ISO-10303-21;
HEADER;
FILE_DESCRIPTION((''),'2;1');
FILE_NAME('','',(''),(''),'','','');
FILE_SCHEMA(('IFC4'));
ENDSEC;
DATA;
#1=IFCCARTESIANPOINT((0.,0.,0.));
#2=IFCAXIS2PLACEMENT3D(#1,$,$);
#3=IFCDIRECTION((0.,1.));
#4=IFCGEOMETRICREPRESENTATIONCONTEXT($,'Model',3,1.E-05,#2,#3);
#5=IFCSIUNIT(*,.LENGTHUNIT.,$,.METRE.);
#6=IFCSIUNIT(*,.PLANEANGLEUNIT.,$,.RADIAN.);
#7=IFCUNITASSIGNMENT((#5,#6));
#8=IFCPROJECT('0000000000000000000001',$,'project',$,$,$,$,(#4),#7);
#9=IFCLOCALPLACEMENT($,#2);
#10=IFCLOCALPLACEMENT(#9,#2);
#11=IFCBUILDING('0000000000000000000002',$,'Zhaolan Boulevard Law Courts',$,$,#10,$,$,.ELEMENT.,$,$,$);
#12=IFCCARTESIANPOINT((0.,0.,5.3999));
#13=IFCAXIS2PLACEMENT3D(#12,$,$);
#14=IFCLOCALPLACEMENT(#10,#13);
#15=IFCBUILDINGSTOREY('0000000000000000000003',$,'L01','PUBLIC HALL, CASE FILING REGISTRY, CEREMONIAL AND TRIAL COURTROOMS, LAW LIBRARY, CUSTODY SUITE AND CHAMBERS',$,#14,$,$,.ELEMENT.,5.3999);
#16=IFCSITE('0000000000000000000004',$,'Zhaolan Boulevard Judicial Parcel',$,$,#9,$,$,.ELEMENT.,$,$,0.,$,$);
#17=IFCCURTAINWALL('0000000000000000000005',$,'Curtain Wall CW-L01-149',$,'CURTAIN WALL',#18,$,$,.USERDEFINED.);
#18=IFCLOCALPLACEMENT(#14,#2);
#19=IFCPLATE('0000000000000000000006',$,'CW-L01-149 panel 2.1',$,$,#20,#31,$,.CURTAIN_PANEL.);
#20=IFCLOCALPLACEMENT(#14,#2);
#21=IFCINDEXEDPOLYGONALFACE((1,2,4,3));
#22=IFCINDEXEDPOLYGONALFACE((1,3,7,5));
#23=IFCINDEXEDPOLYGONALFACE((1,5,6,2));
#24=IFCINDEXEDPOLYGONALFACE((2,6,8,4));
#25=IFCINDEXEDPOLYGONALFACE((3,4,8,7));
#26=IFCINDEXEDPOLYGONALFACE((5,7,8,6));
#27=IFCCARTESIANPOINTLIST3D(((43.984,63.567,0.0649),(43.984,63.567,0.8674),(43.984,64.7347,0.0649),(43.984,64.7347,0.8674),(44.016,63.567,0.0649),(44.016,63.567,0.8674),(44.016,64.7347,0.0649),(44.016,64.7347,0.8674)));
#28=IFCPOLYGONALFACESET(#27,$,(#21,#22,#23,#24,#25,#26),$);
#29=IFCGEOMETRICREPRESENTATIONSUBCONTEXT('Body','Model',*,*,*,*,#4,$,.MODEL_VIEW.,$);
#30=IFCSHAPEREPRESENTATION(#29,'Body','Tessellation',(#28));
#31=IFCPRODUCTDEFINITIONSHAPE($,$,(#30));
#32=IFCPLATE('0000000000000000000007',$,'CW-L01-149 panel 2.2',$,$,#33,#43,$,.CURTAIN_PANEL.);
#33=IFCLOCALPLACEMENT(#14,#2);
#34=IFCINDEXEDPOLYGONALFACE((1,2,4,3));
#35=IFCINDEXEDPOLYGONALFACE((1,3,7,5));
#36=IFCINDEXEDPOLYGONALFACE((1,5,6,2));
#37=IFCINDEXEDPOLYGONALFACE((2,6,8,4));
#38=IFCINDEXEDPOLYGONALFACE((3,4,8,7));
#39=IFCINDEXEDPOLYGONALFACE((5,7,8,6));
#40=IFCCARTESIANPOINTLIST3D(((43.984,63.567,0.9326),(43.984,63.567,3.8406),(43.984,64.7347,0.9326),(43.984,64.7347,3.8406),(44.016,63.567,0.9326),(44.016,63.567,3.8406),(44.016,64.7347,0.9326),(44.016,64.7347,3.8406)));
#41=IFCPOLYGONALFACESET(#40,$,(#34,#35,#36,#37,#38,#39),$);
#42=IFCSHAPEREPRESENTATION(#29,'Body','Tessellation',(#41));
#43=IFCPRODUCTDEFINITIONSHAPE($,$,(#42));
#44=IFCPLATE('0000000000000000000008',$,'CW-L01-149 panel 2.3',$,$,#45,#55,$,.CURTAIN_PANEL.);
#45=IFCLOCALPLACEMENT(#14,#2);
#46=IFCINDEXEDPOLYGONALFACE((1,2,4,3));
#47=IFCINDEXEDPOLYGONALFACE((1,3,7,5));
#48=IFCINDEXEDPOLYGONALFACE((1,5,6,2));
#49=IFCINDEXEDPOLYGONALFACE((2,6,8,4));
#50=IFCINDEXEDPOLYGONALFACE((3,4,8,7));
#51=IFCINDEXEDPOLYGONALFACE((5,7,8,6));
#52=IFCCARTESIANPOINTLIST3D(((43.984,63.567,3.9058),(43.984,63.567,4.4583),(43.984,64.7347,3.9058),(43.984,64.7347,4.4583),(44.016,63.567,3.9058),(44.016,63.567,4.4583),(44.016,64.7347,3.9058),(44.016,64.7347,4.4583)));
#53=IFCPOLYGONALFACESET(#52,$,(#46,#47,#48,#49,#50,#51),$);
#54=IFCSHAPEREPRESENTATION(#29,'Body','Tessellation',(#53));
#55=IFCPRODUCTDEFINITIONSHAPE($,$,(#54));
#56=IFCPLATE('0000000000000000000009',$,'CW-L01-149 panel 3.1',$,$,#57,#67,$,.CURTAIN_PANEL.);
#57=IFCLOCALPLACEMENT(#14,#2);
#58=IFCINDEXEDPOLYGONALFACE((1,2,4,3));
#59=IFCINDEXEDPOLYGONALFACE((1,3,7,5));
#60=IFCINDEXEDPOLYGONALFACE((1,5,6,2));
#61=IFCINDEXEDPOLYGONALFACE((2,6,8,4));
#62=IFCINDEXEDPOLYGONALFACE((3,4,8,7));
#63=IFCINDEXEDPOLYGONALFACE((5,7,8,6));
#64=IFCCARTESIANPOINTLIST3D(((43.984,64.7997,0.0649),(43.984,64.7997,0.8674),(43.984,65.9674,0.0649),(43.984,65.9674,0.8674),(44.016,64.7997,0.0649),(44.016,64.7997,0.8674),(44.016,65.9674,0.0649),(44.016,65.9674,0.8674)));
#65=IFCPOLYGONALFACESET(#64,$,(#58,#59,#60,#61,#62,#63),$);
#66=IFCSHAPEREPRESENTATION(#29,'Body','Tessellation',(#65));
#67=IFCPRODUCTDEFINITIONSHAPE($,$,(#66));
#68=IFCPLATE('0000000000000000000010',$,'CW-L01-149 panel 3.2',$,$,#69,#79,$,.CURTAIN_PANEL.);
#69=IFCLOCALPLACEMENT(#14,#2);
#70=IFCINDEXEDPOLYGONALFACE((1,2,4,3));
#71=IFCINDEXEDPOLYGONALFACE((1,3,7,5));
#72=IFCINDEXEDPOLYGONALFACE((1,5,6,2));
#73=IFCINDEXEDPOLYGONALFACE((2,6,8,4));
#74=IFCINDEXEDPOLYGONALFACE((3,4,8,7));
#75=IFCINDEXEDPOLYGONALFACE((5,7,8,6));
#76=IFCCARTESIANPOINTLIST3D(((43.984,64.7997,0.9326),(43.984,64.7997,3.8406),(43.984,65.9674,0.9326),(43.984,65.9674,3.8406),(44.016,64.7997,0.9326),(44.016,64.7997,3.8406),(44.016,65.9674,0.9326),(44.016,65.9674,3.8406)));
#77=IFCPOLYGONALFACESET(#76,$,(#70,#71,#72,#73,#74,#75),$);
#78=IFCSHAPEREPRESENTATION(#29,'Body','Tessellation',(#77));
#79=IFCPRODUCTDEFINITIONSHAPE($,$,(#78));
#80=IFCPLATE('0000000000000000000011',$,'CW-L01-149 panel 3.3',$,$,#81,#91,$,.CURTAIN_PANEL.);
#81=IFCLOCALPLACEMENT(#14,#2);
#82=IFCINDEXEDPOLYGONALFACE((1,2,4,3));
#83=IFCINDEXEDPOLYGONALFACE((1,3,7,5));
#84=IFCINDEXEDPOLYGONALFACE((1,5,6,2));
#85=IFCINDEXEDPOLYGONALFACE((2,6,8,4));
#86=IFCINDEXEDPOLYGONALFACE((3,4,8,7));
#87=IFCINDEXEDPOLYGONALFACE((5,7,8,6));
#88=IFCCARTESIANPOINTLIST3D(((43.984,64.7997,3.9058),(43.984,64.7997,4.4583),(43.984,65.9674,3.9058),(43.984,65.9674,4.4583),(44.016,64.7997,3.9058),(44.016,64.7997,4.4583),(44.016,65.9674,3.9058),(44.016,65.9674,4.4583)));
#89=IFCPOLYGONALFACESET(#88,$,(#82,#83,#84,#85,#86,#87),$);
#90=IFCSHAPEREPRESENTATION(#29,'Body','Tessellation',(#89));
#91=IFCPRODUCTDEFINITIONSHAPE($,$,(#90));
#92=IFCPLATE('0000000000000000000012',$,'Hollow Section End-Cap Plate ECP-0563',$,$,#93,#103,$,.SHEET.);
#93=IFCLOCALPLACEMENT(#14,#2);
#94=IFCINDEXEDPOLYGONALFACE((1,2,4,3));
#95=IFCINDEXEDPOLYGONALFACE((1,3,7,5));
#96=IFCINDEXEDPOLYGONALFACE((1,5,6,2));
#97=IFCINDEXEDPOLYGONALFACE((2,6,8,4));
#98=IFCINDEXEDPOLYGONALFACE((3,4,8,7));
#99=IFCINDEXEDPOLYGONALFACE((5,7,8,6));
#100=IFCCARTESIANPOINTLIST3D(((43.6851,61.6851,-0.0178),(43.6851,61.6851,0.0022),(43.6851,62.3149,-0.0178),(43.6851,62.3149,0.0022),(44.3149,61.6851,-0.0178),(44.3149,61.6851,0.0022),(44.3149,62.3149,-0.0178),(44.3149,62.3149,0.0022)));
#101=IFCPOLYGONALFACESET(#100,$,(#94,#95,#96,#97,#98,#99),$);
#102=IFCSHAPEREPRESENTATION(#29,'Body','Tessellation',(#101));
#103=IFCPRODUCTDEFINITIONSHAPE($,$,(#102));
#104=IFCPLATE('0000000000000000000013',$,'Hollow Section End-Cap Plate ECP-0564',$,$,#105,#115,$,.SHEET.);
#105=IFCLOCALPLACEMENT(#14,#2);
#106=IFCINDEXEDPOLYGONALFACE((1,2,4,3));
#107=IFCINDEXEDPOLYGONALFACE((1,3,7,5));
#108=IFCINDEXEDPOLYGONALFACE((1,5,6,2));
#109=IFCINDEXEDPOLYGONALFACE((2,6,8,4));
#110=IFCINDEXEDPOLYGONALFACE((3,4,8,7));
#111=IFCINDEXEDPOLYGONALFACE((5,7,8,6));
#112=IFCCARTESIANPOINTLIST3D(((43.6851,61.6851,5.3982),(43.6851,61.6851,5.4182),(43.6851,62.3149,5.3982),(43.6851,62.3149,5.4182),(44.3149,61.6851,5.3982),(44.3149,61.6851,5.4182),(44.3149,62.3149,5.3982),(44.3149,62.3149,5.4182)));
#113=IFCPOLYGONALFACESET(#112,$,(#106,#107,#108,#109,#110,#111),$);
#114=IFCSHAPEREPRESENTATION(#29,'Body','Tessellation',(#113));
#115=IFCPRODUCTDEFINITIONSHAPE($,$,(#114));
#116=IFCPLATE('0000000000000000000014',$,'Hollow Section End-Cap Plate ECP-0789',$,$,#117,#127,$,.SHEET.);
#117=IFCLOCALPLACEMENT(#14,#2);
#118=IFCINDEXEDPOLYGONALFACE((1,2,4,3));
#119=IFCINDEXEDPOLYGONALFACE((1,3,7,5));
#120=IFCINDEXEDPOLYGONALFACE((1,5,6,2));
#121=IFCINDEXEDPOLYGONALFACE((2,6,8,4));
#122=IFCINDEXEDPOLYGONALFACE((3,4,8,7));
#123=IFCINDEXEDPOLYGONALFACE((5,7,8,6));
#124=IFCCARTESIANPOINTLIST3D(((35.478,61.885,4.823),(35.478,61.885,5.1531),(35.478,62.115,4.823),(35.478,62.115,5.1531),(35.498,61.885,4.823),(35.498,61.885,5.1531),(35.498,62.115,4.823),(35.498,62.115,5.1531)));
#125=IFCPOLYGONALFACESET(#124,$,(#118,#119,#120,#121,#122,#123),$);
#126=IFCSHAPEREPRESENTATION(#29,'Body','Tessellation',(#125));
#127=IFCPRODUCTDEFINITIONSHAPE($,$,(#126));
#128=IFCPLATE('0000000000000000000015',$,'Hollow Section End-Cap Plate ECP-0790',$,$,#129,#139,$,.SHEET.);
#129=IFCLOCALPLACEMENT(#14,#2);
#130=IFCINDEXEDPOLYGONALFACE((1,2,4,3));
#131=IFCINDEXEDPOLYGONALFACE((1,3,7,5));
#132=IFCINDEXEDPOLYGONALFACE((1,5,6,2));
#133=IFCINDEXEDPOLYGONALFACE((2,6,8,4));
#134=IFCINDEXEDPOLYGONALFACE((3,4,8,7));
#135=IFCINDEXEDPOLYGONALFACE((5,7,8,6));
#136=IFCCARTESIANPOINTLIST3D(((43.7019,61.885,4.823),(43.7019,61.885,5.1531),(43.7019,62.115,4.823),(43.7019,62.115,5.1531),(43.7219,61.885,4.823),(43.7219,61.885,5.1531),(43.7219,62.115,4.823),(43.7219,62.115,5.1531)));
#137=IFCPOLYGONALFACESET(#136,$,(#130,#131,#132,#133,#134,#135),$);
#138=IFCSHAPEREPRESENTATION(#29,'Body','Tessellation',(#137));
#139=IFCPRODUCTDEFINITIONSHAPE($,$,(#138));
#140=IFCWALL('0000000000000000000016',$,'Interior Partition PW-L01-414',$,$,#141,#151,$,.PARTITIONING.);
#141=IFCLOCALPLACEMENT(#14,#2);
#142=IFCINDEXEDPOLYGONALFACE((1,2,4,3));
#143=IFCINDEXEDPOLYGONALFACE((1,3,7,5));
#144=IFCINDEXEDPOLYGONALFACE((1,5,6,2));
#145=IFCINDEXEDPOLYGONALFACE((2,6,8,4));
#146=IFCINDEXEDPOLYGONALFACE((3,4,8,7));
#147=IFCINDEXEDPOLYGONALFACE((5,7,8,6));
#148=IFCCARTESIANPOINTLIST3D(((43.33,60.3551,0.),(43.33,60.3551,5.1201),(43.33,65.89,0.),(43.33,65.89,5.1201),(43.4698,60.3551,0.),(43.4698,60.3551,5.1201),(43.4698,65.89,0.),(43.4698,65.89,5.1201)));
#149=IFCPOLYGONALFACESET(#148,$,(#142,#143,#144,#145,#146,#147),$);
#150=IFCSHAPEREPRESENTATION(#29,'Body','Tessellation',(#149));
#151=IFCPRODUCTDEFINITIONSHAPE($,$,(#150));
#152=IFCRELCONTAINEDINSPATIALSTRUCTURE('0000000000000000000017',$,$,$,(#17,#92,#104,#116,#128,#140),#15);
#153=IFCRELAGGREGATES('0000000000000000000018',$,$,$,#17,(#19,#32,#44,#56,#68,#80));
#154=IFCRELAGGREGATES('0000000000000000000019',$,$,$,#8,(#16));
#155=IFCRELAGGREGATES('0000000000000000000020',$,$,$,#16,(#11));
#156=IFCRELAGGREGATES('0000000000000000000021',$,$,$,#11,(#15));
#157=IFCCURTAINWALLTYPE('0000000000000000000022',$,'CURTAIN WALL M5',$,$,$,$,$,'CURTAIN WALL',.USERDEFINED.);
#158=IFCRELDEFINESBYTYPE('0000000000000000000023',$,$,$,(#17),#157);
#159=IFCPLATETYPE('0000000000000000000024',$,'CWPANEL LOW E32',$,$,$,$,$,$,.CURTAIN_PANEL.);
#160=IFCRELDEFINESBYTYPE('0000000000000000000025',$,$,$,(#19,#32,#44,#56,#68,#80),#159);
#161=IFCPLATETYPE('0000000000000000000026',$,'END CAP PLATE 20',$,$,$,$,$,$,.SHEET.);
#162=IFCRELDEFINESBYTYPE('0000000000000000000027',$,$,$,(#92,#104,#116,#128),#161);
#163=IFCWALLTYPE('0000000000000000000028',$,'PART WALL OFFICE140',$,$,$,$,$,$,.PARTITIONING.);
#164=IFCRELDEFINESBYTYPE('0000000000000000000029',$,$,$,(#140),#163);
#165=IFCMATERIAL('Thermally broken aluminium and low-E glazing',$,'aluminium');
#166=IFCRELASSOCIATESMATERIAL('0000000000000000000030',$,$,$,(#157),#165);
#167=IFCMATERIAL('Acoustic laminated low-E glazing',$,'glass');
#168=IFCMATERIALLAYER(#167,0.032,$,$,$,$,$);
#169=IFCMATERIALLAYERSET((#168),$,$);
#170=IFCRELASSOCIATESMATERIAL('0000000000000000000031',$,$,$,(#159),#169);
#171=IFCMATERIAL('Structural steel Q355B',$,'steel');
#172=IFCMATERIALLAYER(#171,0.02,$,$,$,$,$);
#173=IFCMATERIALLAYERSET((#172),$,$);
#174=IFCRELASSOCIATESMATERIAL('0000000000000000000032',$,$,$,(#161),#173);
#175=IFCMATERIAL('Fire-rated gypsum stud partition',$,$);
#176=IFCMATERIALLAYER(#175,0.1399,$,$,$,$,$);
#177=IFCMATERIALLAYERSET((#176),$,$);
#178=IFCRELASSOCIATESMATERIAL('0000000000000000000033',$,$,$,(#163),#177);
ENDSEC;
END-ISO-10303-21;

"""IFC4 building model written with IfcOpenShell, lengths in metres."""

from ifc_helpers import new_model, si_unit, direction, frame, frame_2d, origin, origin_2d, place, context, subcontext, project, spatial, rectangle, extrude, material, layer, layer_set, type_object, element, aggregate, save


model = new_model("IFC4")

# Units and contexts
model_context = context("Model", 3, precision=1e-05, world=origin(), true_north=direction((0.0, 1.0)))
body_context = subcontext(model_context, "Body", "Model", "MODEL_VIEW")
ifc_project = project(units=[si_unit("LENGTHUNIT", "METRE"), si_unit("PLANEANGLEUNIT", "RADIAN")], contexts=[model_context])

# Site, building, storey
site_placement = place(None, origin())
site = spatial("IfcSite", under=ifc_project, at=site_placement, Name="Zhaolan Boulevard Judicial Parcel", CompositionType="ELEMENT", RefElevation=0.0)
building_placement = place(site_placement, origin())
building = spatial("IfcBuilding", under=site, at=building_placement, Name="Zhaolan Boulevard Law Courts", CompositionType="ELEMENT")
storey_placement = place(building_placement, frame((0.0, 0.0, 5.3999)))
storey = spatial("IfcBuildingStorey", under=building, at=storey_placement, Name="L01", Description="PUBLIC HALL, CASE FILING REGISTRY, CEREMONIAL AND TRIAL COURTROOMS, LAW LIBRARY, CUSTODY SUITE AND CHAMBERS", CompositionType="ELEMENT", Elevation=5.3999)

# Curtain wall
ifc_material_1 = material(Name="Thermally broken aluminium and low-E glazing", Category="aluminium")
curtain_wall_type_1 = type_object("IfcCurtainWallType", Name="CURTAIN WALL M5", ElementType="CURTAIN WALL", PredefinedType="USERDEFINED", material=ifc_material_1)
curtain_wall_1_placement = place(storey_placement, origin())
curtain_wall_1 = element("IfcCurtainWall", 1, at=curtain_wall_1_placement, inside=storey, type_object=curtain_wall_type_1, Name="Curtain Wall CW-L01-149", ObjectType="CURTAIN WALL", PredefinedType="USERDEFINED")

# Plates
ifc_material_2 = material(Name="Acoustic laminated low-E glazing", Category="glass")
ifc_layer_1 = layer(ifc_material_2, 0.032)
ifc_layer_set_1 = layer_set([ifc_layer_1])
plate_type_1 = type_object("IfcPlateType", Name="CWPANEL LOW E32", PredefinedType="CURTAIN_PANEL", material=ifc_layer_set_1)
plate_1_placement = place(storey_placement, frame((44.0, 64.1509, 0.0649), z_axis=(0.0, 0.0, 1.0), x_axis=(0.0, 1.0, 0.0)))
plate_1 = element("IfcPlate", 2, at=plate_1_placement, type_object=plate_type_1, Name="CW-L01-149 panel 2.1", PredefinedType="CURTAIN_PANEL", context=body_context, shape_type="SweptSolid", body=[
    extrude(rectangle(XDim=1.1677, YDim=0.032, at=origin_2d()), origin(), (0.0, 0.0, 1.0), 0.8025),
])
plate_2_placement = place(storey_placement, frame((44.0, 64.1509, 0.9326), z_axis=(0.0, 0.0, 1.0), x_axis=(0.0, 1.0, 0.0)))
plate_2 = element("IfcPlate", 3, at=plate_2_placement, type_object=plate_type_1, Name="CW-L01-149 panel 2.2", PredefinedType="CURTAIN_PANEL", context=body_context, shape_type="SweptSolid", body=[
    extrude(rectangle(XDim=1.1677, YDim=0.032, at=origin_2d()), origin(), (0.0, 0.0, 1.0), 2.908),
])
plate_3_placement = place(storey_placement, frame((44.0, 64.1509, 3.9058), z_axis=(0.0, 0.0, 1.0), x_axis=(0.0, 1.0, 0.0)))
plate_3 = element("IfcPlate", 4, at=plate_3_placement, type_object=plate_type_1, Name="CW-L01-149 panel 2.3", PredefinedType="CURTAIN_PANEL", context=body_context, shape_type="SweptSolid", body=[
    extrude(rectangle(XDim=1.1677, YDim=0.032, at=origin_2d()), origin(), (0.0, 0.0, 1.0), 0.5525),
])
plate_4_placement = place(storey_placement, frame((44.0, 65.3835, 0.0649), z_axis=(0.0, 0.0, 1.0), x_axis=(0.0, 1.0, 0.0)))
plate_4 = element("IfcPlate", 5, at=plate_4_placement, type_object=plate_type_1, Name="CW-L01-149 panel 3.1", PredefinedType="CURTAIN_PANEL", context=body_context, shape_type="SweptSolid", body=[
    extrude(rectangle(XDim=1.1677, YDim=0.032, at=origin_2d()), origin(), (0.0, 0.0, 1.0), 0.8025),
])
plate_5_placement = place(storey_placement, frame((44.0, 65.3835, 0.9326), z_axis=(0.0, 0.0, 1.0), x_axis=(0.0, 1.0, 0.0)))
plate_5 = element("IfcPlate", 6, at=plate_5_placement, type_object=plate_type_1, Name="CW-L01-149 panel 3.2", PredefinedType="CURTAIN_PANEL", context=body_context, shape_type="SweptSolid", body=[
    extrude(rectangle(XDim=1.1677, YDim=0.032, at=origin_2d()), origin(), (0.0, 0.0, 1.0), 2.908),
])
plate_6_placement = place(storey_placement, frame((44.0, 65.3835, 3.9058), z_axis=(0.0, 0.0, 1.0), x_axis=(0.0, 1.0, 0.0)))
plate_6 = element("IfcPlate", 7, at=plate_6_placement, type_object=plate_type_1, Name="CW-L01-149 panel 3.3", PredefinedType="CURTAIN_PANEL", context=body_context, shape_type="SweptSolid", body=[
    extrude(rectangle(XDim=1.1677, YDim=0.032, at=origin_2d()), origin(), (0.0, 0.0, 1.0), 0.5525),
])
aggregate(curtain_wall_1, [plate_1, plate_2, plate_3, plate_4, plate_5, plate_6])

# Plates
ifc_material_3 = material(Name="Structural steel Q355B", Category="steel")
ifc_layer_2 = layer(ifc_material_3, 0.02)
ifc_layer_set_2 = layer_set([ifc_layer_2])
plate_type_2 = type_object("IfcPlateType", Name="END CAP PLATE 20", PredefinedType="SHEET", material=ifc_layer_set_2)
for number, where, z_axis, x_axis, name in (
    (8, (44.0, 62.0, -0.0178), (0.0, 0.0, 1.0), (1.0, 0.0, 0.0), "Hollow Section End-Cap Plate ECP-0563"),
    (9, (44.0, 62.0, 5.3982), (0.0, 0.0, 1.0), (1.0, 0.0, 0.0), "Hollow Section End-Cap Plate ECP-0564"),
):
    element("IfcPlate", number, at=place(storey_placement, frame(where, z_axis=z_axis, x_axis=x_axis)), inside=storey, type_object=plate_type_2, Name=name, PredefinedType="SHEET", context=body_context, shape_type="SweptSolid", body=[
        extrude(rectangle(XDim=0.6299, YDim=0.6299, at=origin_2d()), origin(), (0.0, 0.0, 1.0), 0.02),
    ])
for number, where, z_axis, x_axis, name in (
    (10, (35.488, 62.0, 4.823), (0.0, 0.0, 1.0), (1.0, 0.0, 0.0), "Hollow Section End-Cap Plate ECP-0789"),
    (11, (43.7119, 62.0, 4.823), (0.0, 0.0, 1.0), (1.0, 0.0, 0.0), "Hollow Section End-Cap Plate ECP-0790"),
):
    element("IfcPlate", number, at=place(storey_placement, frame(where, z_axis=z_axis, x_axis=x_axis)), inside=storey, type_object=plate_type_2, Name=name, PredefinedType="SHEET", context=body_context, shape_type="SweptSolid", body=[
        extrude(rectangle(XDim=0.02, YDim=0.23, at=origin_2d()), origin(), (0.0, 0.0, 1.0), 0.3301),
    ])

# Wall
ifc_material_4 = material(Name="Fire-rated gypsum stud partition")
ifc_layer_3 = layer(ifc_material_4, 0.1399)
ifc_layer_set_3 = layer_set([ifc_layer_3])
wall_type = type_object("IfcWallType", Name="PART WALL OFFICE140", PredefinedType="PARTITIONING", material=ifc_layer_set_3)
wall_placement = place(storey_placement, frame((43.3999, 60.355, 0.0), z_axis=(0.0, 0.0, 1.0), x_axis=(0.0, 1.0, 0.0)))
element("IfcWall", 12, at=wall_placement, inside=storey, type_object=wall_type, Name="Interior Partition PW-L01-414", PredefinedType="PARTITIONING", context=body_context, shape_type="SweptSolid", body=[
    extrude(rectangle(XDim=5.5349, YDim=0.1399, at=frame_2d((2.7676, 0.0))), origin(), (0.0, 0.0, 1.0), 5.1201),
])

save(model, "model.ifc")
